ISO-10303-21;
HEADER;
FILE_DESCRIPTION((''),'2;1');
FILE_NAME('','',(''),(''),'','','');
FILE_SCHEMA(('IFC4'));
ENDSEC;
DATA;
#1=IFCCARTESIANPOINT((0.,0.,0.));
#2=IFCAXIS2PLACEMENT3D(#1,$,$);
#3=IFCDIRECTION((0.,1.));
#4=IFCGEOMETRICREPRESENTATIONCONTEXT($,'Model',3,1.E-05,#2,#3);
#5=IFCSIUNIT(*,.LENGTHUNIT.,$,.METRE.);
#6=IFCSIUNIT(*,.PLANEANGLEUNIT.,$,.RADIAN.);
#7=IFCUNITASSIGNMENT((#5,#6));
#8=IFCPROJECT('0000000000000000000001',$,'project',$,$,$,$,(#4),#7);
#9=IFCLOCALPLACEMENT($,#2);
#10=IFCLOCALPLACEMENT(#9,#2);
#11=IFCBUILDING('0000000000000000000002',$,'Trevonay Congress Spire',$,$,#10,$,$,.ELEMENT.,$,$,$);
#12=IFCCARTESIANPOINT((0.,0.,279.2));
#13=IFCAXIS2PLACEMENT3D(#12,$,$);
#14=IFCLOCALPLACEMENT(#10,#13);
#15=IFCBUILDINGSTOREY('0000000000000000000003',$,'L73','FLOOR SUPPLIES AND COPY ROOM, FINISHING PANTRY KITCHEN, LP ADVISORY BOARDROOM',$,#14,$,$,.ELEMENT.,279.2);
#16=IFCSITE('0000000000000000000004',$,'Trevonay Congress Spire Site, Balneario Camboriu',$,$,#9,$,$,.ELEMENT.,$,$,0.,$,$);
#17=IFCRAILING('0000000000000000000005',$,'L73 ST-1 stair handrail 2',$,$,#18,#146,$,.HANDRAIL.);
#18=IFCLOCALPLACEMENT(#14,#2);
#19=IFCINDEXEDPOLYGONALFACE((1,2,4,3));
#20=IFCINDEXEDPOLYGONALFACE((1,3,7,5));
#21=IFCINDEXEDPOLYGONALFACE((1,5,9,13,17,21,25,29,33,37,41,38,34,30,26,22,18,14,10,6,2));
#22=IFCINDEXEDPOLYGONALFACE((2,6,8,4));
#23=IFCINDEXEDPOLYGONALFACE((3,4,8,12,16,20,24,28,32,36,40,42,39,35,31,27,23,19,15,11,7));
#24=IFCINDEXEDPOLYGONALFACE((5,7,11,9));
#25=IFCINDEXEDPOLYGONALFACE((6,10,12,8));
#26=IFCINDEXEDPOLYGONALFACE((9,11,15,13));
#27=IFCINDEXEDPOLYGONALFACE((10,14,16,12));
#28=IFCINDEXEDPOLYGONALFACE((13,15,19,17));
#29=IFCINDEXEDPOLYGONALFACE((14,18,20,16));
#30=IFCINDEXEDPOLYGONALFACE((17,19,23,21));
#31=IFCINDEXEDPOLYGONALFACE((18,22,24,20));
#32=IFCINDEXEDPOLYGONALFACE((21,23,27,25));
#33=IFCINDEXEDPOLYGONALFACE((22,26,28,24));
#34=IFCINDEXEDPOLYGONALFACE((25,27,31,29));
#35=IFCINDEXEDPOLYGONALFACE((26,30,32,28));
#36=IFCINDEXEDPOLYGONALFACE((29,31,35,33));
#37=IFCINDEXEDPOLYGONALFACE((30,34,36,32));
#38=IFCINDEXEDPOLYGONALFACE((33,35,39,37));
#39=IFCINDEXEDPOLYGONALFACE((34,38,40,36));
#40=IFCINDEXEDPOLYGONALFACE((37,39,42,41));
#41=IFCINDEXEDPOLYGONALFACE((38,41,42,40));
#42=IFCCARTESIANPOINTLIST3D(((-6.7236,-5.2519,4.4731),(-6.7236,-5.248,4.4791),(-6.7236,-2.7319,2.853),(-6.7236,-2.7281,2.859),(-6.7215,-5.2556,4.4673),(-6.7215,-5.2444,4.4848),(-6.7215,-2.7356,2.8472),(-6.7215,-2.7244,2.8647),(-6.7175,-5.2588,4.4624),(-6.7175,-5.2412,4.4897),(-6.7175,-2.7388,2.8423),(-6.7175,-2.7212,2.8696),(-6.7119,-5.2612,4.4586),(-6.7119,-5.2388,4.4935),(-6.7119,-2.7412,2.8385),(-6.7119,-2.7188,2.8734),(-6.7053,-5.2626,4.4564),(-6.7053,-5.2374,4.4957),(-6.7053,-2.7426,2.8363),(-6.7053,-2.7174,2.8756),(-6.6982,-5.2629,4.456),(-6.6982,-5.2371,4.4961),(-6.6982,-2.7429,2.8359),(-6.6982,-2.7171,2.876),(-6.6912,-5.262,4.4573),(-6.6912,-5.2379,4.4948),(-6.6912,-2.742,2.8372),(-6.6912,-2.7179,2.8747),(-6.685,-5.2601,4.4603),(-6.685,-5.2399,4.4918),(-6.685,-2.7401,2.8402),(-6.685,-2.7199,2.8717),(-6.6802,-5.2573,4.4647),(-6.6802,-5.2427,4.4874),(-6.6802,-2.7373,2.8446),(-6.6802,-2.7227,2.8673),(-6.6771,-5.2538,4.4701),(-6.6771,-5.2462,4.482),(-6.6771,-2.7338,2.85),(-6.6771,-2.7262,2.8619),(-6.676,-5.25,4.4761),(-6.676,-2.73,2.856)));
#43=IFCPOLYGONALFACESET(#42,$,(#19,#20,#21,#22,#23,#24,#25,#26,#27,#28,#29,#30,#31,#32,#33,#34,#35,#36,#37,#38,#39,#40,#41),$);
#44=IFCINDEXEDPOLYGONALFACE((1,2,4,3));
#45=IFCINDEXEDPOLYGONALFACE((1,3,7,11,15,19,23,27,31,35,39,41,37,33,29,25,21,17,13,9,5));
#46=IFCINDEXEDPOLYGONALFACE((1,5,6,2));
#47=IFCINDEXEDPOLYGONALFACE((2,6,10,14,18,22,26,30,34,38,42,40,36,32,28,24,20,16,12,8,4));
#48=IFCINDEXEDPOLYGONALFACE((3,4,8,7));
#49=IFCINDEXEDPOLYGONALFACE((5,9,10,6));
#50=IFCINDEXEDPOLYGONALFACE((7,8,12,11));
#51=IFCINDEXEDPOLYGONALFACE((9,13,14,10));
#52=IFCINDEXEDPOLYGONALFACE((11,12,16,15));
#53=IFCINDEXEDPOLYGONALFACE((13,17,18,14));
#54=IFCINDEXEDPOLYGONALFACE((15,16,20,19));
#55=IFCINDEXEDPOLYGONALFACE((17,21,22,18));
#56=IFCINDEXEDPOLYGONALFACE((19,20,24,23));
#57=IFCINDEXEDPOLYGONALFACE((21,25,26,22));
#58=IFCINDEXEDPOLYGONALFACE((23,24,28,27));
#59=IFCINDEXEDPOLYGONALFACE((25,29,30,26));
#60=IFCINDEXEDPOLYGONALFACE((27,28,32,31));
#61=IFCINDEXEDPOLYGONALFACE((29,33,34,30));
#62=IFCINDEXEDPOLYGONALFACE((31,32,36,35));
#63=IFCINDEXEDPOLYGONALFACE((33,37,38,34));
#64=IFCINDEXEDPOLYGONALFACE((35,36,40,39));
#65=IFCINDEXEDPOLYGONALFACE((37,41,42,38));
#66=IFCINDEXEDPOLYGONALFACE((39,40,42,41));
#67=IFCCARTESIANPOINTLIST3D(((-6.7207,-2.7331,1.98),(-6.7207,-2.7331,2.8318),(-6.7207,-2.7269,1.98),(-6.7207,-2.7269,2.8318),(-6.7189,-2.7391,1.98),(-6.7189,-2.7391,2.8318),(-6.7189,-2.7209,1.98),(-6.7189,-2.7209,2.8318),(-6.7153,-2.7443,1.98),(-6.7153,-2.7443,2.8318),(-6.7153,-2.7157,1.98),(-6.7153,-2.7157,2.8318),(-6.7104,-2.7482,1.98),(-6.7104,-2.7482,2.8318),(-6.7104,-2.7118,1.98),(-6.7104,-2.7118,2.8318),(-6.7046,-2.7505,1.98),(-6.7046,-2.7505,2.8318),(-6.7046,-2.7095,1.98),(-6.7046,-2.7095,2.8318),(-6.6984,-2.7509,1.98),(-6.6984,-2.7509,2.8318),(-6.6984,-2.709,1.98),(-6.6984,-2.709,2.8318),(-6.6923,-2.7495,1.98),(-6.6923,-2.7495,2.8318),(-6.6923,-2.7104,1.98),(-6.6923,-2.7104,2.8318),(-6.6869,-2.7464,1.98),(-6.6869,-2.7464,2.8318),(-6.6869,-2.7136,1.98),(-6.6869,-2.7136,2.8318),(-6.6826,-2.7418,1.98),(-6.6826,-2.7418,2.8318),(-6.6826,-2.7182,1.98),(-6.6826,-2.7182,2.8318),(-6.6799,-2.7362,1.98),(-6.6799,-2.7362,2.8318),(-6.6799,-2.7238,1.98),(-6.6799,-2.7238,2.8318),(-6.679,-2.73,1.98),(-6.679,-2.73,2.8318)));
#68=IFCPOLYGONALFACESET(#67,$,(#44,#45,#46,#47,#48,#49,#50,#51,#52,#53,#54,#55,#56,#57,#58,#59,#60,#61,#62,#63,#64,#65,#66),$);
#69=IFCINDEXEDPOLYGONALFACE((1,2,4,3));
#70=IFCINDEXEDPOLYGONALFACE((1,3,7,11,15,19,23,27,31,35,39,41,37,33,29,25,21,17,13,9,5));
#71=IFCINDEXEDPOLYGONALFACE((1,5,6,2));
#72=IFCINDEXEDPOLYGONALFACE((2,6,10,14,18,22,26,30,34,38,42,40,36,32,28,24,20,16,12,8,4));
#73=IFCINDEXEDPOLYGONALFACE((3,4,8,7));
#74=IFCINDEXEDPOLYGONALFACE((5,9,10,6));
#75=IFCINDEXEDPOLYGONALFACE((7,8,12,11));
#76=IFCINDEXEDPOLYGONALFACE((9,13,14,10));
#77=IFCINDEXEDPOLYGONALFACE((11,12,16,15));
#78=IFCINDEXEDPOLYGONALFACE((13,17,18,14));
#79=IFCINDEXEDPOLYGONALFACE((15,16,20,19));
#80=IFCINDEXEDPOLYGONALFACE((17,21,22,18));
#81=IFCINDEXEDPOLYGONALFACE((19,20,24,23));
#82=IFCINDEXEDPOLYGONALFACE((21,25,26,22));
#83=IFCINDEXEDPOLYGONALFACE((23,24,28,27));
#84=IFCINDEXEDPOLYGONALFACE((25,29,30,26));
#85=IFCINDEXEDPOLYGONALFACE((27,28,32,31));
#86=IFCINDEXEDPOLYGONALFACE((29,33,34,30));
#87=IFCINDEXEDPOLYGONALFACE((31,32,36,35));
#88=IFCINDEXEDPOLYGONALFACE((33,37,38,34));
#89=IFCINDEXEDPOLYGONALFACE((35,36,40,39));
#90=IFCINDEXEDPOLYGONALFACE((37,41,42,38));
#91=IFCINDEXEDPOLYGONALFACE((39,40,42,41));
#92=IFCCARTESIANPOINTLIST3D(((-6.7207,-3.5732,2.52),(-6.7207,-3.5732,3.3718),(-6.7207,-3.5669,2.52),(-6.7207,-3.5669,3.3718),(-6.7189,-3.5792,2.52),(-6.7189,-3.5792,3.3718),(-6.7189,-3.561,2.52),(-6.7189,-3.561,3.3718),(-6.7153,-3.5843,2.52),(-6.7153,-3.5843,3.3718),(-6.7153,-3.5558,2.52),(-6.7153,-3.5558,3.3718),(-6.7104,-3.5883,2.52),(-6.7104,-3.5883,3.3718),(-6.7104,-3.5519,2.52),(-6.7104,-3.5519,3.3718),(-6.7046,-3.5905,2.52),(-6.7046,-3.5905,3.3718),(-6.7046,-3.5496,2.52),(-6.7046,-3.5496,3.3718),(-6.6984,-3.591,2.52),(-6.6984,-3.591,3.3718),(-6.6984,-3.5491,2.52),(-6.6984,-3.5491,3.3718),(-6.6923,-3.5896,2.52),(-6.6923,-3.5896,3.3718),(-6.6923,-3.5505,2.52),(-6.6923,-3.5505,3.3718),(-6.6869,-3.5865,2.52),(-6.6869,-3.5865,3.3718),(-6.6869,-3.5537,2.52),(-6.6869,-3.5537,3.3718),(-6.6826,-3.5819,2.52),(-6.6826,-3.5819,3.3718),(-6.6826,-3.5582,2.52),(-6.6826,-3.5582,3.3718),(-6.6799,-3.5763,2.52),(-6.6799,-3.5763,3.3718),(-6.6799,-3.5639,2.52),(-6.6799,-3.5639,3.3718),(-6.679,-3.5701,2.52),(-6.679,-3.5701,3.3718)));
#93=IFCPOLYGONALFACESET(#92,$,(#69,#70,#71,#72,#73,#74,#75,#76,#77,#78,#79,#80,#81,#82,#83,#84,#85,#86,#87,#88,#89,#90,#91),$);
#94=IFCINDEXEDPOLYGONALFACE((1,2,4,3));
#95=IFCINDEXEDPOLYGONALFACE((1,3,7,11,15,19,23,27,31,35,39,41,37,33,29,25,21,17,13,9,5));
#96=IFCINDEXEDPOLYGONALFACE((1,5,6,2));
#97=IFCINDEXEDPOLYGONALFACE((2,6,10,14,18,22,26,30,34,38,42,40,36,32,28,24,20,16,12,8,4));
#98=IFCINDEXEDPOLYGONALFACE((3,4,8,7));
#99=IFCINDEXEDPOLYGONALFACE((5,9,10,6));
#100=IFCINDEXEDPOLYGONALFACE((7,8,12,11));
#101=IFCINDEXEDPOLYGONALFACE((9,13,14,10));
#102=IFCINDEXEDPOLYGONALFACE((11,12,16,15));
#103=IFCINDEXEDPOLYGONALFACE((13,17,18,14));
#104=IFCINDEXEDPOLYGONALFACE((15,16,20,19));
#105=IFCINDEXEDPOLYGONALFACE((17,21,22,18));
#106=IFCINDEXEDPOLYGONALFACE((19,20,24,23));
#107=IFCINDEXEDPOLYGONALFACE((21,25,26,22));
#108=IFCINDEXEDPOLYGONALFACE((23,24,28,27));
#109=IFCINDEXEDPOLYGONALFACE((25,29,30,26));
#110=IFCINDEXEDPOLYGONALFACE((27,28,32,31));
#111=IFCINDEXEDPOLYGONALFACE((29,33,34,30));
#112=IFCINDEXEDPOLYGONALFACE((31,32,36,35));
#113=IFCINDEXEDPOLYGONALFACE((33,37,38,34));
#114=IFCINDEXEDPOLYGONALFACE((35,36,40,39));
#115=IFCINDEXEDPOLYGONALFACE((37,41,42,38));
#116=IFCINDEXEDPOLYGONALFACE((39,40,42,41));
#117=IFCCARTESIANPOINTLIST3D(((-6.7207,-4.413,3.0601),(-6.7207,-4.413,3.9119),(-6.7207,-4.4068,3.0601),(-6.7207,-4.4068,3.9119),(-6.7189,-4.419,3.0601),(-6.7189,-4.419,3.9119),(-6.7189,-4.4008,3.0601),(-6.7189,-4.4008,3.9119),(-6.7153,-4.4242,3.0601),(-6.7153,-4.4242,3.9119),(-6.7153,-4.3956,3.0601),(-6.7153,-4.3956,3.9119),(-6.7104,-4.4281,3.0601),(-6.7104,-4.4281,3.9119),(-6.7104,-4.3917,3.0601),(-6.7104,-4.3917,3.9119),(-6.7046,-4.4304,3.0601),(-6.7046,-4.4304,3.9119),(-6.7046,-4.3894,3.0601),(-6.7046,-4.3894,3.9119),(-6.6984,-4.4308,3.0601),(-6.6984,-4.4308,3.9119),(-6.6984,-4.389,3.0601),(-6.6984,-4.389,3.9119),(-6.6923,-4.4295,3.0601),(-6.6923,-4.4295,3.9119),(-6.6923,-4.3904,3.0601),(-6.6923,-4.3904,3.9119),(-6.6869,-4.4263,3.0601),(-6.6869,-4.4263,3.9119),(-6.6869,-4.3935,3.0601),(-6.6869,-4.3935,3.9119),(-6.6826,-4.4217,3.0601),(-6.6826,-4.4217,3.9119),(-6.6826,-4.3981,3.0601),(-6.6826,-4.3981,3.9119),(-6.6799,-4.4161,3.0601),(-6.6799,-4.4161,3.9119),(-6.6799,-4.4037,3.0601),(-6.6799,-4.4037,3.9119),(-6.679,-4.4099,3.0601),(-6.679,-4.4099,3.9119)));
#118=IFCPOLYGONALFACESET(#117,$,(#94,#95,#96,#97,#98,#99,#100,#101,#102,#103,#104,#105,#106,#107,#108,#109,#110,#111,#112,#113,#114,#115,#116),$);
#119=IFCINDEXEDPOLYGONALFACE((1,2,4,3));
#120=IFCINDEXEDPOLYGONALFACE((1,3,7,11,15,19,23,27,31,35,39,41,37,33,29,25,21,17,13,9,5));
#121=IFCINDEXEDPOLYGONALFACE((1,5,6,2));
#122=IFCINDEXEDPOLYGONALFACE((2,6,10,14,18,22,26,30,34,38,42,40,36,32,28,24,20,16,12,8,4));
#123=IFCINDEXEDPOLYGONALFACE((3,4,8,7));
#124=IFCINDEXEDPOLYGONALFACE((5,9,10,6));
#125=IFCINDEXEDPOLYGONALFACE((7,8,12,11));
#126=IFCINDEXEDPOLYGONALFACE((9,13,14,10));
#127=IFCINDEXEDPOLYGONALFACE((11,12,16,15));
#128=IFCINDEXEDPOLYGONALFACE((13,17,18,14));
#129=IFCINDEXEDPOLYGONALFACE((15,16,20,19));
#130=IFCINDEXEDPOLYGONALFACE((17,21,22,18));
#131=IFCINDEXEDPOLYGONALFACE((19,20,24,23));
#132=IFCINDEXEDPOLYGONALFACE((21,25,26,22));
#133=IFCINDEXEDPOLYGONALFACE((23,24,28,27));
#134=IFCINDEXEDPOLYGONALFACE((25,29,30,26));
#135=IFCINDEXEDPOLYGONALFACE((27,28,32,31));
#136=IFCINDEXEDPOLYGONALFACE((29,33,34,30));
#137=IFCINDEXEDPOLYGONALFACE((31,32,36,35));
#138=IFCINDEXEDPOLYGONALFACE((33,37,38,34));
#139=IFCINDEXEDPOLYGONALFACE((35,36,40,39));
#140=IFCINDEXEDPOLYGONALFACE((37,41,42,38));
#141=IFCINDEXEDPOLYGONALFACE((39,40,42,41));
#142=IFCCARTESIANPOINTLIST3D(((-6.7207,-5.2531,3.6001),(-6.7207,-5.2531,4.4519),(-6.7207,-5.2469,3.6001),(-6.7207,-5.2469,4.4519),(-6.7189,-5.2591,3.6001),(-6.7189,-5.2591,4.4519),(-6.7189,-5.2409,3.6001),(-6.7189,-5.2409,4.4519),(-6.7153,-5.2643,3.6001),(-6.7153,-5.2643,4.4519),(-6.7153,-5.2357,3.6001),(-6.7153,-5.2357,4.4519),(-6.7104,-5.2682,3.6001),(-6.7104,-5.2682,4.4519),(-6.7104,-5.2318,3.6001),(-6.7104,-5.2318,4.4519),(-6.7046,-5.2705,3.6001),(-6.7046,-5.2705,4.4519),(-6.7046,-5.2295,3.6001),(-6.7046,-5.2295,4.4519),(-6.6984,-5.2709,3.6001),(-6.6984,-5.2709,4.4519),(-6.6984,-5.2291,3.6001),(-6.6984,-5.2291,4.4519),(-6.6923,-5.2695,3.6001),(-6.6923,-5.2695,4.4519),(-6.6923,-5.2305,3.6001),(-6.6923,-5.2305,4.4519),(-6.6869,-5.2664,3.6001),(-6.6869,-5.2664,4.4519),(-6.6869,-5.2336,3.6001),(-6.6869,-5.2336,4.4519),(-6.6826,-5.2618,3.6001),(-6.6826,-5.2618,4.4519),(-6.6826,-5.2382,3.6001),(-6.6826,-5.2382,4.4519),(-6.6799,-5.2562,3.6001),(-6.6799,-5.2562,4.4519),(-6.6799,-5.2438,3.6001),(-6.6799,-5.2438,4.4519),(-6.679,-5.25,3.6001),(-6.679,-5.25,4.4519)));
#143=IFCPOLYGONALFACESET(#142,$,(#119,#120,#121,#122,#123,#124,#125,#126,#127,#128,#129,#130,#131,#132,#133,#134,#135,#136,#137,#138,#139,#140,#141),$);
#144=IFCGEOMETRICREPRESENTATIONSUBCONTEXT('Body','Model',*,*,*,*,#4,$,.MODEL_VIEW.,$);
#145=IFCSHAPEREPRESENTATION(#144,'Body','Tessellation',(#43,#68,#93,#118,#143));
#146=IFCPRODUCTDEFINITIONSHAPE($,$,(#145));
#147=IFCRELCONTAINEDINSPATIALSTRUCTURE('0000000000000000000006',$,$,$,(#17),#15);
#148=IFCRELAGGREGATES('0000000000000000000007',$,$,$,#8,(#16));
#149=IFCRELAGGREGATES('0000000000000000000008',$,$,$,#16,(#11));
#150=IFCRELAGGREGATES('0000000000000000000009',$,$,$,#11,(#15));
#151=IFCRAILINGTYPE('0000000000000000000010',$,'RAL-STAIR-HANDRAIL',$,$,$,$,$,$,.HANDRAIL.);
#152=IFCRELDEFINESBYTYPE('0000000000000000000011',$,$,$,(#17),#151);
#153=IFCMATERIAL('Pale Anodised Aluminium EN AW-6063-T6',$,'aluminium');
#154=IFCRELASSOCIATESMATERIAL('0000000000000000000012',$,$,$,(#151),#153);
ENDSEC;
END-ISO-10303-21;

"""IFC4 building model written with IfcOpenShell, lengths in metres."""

from ifc_helpers import new_model, si_unit, direction, frame, origin, origin_2d, place, context, subcontext, project, spatial, circle, extrude, material, type_object, element, save


model = new_model("IFC4")

# Units and contexts
model_context = context("Model", 3, precision=1e-05, world=origin(), true_north=direction((0.0, 1.0)))
body_context = subcontext(model_context, "Body", "Model", "MODEL_VIEW")
ifc_project = project(units=[si_unit("LENGTHUNIT", "METRE"), si_unit("PLANEANGLEUNIT", "RADIAN")], contexts=[model_context])

# Site, building, storey
site_placement = place(None, origin())
site = spatial("IfcSite", under=ifc_project, at=site_placement, Name="Trevonay Congress Spire Site, Balneario Camboriu", CompositionType="ELEMENT", RefElevation=0.0)
building_placement = place(site_placement, origin())
building = spatial("IfcBuilding", under=site, at=building_placement, Name="Trevonay Congress Spire", CompositionType="ELEMENT")
storey_placement = place(building_placement, frame((0.0, 0.0, 279.2)))
storey = spatial("IfcBuildingStorey", under=building, at=storey_placement, Name="L73", Description="FLOOR SUPPLIES AND COPY ROOM, FINISHING PANTRY KITCHEN, LP ADVISORY BOARDROOM", CompositionType="ELEMENT", Elevation=279.2)

# Railing
ifc_material_1 = material(Name="Pale Anodised Aluminium EN AW-6063-T6", Category="aluminium")
railing_type_1 = type_object("IfcRailingType", Name="RAL-STAIR-HANDRAIL", PredefinedType="HANDRAIL", material=ifc_material_1)
railing_1_placement = place(storey_placement, frame((-6.7, -2.73, 1.98)))
element("IfcRailing", 1, at=railing_1_placement, inside=storey, type_object=railing_type_1, Name="L73 ST-1 stair handrail 2", PredefinedType="HANDRAIL", context=body_context, shape_type="SweptSolid", body=[
    extrude(circle(Radius=0.0239, at=origin_2d()), frame((0.0, 0.0, 0.876), z_axis=(0.0, -0.841163, 0.540782), x_axis=(1.0, 0.0, 0.0)), (0.0, 0.0, 1.0), 2.9958),
    extrude(circle(Radius=0.021, at=origin_2d()), origin(), (0.0, 0.0, 1.0), 0.8518),
    extrude(circle(Radius=0.021, at=origin_2d()), frame((0.0, -0.8401, 0.54)), (0.0, 0.0, 1.0), 0.8518),
    extrude(circle(Radius=0.021, at=origin_2d()), frame((0.0, -1.6799, 1.0801)), (0.0, 0.0, 1.0), 0.8518),
    extrude(circle(Radius=0.021, at=origin_2d()), frame((0.0, -2.52, 1.6201)), (0.0, 0.0, 1.0), 0.8518),
])

save(model, "model.ifc")
